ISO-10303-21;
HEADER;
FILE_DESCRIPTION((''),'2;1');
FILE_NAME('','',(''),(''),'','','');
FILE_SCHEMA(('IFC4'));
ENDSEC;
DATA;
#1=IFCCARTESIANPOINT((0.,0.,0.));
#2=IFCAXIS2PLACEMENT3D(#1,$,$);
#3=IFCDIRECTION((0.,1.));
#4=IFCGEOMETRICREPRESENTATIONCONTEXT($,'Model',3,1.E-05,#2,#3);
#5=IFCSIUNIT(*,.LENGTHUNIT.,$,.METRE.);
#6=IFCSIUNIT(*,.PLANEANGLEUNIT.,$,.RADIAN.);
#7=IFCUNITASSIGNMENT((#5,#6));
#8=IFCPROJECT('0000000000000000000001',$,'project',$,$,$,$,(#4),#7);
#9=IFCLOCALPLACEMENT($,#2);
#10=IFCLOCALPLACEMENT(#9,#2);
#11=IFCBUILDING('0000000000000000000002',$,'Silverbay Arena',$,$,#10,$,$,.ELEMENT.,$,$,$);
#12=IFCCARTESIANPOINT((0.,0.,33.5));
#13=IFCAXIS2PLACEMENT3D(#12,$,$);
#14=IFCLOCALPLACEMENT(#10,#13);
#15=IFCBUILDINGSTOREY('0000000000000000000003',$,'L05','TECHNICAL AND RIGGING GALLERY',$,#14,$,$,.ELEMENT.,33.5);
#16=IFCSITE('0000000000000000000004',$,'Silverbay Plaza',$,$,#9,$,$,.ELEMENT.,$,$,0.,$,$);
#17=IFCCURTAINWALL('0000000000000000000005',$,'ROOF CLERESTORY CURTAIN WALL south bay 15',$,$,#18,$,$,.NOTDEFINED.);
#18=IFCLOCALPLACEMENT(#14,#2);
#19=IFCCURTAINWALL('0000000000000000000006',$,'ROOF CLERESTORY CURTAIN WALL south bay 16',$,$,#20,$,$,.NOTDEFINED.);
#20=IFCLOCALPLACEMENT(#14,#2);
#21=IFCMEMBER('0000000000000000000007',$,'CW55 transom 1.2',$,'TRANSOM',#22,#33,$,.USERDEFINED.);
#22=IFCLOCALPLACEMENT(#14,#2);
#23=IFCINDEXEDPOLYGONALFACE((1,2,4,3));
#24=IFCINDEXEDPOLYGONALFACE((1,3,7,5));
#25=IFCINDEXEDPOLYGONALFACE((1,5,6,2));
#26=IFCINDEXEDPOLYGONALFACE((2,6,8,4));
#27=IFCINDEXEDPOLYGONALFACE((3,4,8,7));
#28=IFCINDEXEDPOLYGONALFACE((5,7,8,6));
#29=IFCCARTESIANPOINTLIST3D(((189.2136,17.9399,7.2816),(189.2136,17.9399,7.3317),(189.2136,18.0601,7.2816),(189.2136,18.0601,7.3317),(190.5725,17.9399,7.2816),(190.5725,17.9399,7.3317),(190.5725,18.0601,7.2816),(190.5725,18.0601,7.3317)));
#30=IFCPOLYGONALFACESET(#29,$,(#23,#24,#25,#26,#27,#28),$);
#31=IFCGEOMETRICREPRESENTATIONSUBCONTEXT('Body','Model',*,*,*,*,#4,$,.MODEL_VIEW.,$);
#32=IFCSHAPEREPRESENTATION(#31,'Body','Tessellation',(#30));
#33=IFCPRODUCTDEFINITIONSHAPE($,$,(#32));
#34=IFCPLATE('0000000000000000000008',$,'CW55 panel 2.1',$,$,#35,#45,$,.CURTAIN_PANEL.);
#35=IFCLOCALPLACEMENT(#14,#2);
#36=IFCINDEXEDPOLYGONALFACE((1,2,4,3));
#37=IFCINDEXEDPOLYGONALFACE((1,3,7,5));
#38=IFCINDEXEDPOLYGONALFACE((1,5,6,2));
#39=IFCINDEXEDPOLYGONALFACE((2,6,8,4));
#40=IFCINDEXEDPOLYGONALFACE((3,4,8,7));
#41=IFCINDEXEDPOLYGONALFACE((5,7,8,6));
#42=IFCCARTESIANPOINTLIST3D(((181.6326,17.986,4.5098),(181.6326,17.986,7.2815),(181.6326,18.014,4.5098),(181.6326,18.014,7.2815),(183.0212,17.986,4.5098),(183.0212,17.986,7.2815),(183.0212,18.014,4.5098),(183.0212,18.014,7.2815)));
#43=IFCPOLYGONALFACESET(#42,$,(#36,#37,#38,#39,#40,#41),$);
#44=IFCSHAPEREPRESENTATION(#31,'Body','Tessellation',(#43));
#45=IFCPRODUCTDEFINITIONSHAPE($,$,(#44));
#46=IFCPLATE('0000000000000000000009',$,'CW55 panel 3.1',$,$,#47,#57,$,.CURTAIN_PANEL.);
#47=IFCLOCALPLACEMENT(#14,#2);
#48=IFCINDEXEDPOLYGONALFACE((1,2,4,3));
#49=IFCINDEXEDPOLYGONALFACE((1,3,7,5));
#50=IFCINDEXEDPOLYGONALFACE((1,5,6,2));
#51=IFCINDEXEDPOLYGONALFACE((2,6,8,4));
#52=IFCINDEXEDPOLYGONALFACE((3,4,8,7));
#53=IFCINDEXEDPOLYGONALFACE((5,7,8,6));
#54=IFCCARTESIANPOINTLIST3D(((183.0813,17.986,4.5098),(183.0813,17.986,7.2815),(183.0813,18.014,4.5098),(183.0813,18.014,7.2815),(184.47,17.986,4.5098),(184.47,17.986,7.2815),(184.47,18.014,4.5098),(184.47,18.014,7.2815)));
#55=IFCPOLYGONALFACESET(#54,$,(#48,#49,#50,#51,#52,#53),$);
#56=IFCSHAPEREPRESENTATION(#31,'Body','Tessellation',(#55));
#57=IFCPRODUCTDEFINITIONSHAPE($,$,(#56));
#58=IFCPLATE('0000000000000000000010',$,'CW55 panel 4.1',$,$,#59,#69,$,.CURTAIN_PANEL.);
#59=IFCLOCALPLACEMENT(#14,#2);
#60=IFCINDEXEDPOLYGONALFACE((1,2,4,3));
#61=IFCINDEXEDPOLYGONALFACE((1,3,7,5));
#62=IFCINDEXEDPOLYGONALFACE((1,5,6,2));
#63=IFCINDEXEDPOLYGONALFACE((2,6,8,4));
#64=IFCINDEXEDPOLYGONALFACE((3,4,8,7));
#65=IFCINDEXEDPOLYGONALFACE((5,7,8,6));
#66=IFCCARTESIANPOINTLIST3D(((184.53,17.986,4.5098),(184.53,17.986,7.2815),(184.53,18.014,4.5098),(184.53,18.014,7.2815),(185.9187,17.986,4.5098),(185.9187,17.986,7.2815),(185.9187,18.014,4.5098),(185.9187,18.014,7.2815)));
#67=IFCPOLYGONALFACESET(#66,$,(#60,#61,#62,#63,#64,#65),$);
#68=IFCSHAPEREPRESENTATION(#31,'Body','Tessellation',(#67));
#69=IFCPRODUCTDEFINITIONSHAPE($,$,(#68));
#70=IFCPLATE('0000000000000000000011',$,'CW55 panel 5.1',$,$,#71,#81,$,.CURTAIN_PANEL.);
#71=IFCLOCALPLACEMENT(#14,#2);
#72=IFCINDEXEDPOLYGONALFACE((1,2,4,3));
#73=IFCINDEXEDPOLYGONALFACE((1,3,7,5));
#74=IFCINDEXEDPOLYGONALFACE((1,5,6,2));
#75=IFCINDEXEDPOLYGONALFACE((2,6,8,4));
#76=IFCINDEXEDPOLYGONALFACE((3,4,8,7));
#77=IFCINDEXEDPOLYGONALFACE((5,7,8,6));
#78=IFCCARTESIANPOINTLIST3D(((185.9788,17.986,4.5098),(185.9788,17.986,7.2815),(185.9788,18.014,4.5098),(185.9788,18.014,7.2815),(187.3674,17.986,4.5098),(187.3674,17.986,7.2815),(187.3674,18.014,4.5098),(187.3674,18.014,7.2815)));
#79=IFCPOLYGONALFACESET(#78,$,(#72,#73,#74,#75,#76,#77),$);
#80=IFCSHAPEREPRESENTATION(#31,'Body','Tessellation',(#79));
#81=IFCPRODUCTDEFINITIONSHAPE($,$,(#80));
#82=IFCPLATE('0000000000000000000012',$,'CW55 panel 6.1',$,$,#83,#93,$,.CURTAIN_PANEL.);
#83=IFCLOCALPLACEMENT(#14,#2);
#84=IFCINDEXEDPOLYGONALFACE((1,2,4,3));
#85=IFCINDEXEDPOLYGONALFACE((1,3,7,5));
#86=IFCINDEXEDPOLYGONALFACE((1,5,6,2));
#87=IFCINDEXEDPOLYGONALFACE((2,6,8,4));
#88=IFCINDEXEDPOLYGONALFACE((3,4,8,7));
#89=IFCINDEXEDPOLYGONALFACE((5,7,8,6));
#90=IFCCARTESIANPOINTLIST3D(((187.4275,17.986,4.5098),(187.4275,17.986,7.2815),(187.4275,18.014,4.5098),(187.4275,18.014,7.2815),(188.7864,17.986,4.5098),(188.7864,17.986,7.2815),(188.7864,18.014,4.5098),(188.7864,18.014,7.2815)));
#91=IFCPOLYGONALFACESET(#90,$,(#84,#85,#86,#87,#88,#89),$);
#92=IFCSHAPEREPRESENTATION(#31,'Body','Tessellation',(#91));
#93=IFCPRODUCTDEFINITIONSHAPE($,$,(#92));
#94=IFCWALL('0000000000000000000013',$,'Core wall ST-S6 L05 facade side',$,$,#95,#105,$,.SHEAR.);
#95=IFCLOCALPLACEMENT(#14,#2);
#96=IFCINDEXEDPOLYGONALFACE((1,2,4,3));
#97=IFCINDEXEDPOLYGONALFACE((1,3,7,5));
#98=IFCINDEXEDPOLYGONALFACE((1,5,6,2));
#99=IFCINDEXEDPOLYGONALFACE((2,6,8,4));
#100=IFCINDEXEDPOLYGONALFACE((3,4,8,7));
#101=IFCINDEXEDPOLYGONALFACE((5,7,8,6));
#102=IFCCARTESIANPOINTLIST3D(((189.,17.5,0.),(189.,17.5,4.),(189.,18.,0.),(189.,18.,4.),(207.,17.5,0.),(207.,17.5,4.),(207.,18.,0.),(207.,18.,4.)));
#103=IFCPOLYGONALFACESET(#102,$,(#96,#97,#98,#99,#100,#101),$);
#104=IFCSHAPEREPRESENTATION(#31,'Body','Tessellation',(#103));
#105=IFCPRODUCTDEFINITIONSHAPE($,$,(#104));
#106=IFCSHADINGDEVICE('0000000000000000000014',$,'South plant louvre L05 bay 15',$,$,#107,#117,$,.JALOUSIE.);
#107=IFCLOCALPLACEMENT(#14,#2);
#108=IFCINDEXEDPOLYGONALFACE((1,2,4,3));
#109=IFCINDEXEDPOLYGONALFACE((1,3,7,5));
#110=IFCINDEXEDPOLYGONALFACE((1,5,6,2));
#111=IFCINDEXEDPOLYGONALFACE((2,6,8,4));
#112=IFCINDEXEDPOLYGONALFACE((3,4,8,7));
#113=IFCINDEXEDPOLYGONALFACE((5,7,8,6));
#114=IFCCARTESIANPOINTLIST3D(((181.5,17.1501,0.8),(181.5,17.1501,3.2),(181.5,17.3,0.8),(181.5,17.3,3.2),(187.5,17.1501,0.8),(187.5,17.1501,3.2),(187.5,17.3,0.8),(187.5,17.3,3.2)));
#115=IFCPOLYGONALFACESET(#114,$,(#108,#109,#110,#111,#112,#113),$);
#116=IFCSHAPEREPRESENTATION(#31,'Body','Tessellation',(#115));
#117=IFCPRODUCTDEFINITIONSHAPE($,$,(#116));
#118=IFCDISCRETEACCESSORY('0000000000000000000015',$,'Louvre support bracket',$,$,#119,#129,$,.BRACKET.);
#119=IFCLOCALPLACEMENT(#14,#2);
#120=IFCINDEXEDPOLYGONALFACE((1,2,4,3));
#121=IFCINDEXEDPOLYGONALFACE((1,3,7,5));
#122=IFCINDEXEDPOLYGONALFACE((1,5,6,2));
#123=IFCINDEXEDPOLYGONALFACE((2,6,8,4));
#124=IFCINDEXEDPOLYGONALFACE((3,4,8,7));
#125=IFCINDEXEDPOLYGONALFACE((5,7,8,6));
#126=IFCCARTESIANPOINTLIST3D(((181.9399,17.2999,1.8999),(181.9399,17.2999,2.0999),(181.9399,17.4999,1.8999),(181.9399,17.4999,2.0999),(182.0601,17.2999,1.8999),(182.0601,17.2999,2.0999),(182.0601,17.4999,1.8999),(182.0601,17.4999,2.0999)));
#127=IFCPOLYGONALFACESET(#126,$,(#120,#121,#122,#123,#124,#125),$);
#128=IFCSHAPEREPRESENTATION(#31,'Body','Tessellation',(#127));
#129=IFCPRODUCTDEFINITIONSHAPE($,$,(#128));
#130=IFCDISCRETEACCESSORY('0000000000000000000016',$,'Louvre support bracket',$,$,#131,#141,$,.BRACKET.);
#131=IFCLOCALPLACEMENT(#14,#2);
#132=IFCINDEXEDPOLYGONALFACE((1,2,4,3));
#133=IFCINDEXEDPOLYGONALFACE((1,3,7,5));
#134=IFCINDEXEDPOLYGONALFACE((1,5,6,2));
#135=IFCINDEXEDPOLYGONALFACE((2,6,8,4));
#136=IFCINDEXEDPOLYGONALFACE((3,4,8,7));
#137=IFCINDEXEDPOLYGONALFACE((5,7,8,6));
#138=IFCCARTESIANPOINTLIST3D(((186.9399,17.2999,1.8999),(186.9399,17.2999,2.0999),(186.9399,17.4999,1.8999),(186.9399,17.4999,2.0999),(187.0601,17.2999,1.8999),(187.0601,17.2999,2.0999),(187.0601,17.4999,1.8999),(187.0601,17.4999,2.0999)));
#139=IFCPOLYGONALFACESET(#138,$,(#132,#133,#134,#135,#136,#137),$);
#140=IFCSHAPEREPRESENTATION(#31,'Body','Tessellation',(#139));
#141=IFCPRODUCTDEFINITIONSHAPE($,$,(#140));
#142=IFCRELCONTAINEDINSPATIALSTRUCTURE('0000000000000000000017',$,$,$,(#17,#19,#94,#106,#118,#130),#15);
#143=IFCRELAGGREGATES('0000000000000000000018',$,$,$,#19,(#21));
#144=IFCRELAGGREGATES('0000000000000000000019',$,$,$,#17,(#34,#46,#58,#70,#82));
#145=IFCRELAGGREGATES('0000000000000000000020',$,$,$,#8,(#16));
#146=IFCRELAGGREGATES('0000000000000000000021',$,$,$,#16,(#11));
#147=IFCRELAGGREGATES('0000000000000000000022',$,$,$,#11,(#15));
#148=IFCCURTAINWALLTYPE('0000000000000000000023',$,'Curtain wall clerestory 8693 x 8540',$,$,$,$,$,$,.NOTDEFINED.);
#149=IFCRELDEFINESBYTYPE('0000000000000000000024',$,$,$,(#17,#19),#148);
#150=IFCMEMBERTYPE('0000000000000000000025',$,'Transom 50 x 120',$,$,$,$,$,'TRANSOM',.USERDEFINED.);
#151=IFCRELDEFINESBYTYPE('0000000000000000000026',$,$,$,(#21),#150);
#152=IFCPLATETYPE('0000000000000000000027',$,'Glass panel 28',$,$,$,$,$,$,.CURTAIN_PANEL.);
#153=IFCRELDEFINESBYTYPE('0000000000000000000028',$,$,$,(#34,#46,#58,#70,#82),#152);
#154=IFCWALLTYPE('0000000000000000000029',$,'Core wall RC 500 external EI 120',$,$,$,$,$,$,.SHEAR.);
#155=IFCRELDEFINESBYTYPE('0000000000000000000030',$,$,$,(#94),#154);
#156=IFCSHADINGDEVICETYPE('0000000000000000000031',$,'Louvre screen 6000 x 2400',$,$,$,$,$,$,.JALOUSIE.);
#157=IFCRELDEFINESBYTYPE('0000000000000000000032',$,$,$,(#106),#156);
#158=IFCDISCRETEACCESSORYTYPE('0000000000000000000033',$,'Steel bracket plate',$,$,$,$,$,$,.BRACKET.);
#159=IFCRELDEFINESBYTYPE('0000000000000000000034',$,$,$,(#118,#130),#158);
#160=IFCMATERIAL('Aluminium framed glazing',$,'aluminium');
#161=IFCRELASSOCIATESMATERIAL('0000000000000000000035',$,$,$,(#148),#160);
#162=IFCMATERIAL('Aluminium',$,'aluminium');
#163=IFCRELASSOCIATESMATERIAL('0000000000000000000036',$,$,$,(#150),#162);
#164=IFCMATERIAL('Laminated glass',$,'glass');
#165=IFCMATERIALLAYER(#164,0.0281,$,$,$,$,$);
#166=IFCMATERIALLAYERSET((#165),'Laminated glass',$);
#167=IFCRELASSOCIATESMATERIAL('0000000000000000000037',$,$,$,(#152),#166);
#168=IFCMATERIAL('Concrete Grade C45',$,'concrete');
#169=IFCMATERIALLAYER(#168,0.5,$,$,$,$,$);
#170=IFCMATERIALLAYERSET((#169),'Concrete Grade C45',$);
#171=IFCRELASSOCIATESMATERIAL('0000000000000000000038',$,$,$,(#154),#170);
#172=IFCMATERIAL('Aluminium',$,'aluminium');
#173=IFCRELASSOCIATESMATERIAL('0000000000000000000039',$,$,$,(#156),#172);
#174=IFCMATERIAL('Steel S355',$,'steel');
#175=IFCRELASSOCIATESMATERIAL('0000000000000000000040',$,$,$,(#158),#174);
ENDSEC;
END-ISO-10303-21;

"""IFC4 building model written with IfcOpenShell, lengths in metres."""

from ifc_helpers import new_model, si_unit, direction, frame, frame_2d, origin, origin_2d, place, context, subcontext, project, spatial, rectangle, extrude, material, layer, layer_set, material_profile, profile_set, type_object, element, aggregate, save


model = new_model("IFC4")

# Units and contexts
model_context = context("Model", 3, precision=1e-05, world=origin(), true_north=direction((0.0, 1.0)))
body_context = subcontext(model_context, "Body", "Model", "MODEL_VIEW")
ifc_project = project(units=[si_unit("LENGTHUNIT", "METRE"), si_unit("PLANEANGLEUNIT", "RADIAN")], contexts=[model_context])

# Site, building, storey
site_placement = place(None, origin())
site = spatial("IfcSite", under=ifc_project, at=site_placement, Name="Silverbay Plaza", CompositionType="ELEMENT", RefElevation=0.0)
building_placement = place(site_placement, origin())
building = spatial("IfcBuilding", under=site, at=building_placement, Name="Silverbay Arena", CompositionType="ELEMENT")
storey_placement = place(building_placement, frame((0.0, 0.0, 33.5)))
storey = spatial("IfcBuildingStorey", under=building, at=storey_placement, Name="L05", Description="TECHNICAL AND RIGGING GALLERY", CompositionType="ELEMENT", Elevation=33.5)

# Curtain wall
ifc_material_1 = material(Name="Aluminium framed glazing", Category="aluminium")
curtain_wall_type = type_object("IfcCurtainWallType", Name="Curtain wall clerestory 8693 x 8540", PredefinedType="NOTDEFINED", material=ifc_material_1)
curtain_wall_1_placement = place(storey_placement, origin())
curtain_wall_1 = element("IfcCurtainWall", 1, at=curtain_wall_1_placement, inside=storey, type_object=curtain_wall_type, Name="ROOF CLERESTORY CURTAIN WALL south bay 15", PredefinedType="NOTDEFINED")

# Curtain wall
curtain_wall_2_placement = place(storey_placement, origin())
curtain_wall_2 = element("IfcCurtainWall", 2, at=curtain_wall_2_placement, inside=storey, type_object=curtain_wall_type, Name="ROOF CLERESTORY CURTAIN WALL south bay 16", PredefinedType="NOTDEFINED")

# Member
ifc_material_2 = material(Name="Aluminium", Category="aluminium")
ifc_material_profile_1 = material_profile(ifc_material_2, rectangle(XDim=0.1201, YDim=0.05, at=origin_2d()), Name="Transom 50 x 120")
ifc_profile_set_1 = profile_set([ifc_material_profile_1], Name="Aluminium")
member_type_1 = type_object("IfcMemberType", Name="Transom 50 x 120", ElementType="TRANSOM", PredefinedType="USERDEFINED", material=ifc_profile_set_1)
member_1_placement = place(storey_placement, frame((189.2136, 18.0, 7.3066), z_axis=(1.0, 0.0, 0.0), x_axis=(0.0, 1.0, 0.0)))
member_1 = element("IfcMember", 3, at=member_1_placement, type_object=member_type_1, Name="CW55 transom 1.2", ObjectType="TRANSOM", PredefinedType="USERDEFINED", context=body_context, shape_type="SweptSolid", body=[
    extrude(rectangle(XDim=0.1201, YDim=0.05, at=origin_2d()), origin(), (0.0, 0.0, 1.0), 1.3589),
])
aggregate(curtain_wall_2, [member_1])

# Plates
ifc_material_3 = material(Name="Laminated glass", Category="glass")
ifc_layer_1 = layer(ifc_material_3, 0.0281)
ifc_layer_set_1 = layer_set([ifc_layer_1], Name="Laminated glass")
plate_type = type_object("IfcPlateType", Name="Glass panel 28", PredefinedType="CURTAIN_PANEL", material=ifc_layer_set_1)
plate_1_placement = place(storey_placement, frame((182.3269, 18.0, 4.5098), z_axis=(0.0, 0.0, 1.0), x_axis=(1.0, 0.0, 0.0)))
plate_1 = element("IfcPlate", 4, at=plate_1_placement, type_object=plate_type, Name="CW55 panel 2.1", PredefinedType="CURTAIN_PANEL", context=body_context, shape_type="SweptSolid", body=[
    extrude(rectangle(XDim=1.3887, YDim=0.0281, at=origin_2d()), origin(), (0.0, 0.0, 1.0), 2.7717),
])
plate_2_placement = place(storey_placement, frame((183.7756, 18.0, 4.5098), z_axis=(0.0, 0.0, 1.0), x_axis=(1.0, 0.0, 0.0)))
plate_2 = element("IfcPlate", 5, at=plate_2_placement, type_object=plate_type, Name="CW55 panel 3.1", PredefinedType="CURTAIN_PANEL", context=body_context, shape_type="SweptSolid", body=[
    extrude(rectangle(XDim=1.3887, YDim=0.0281, at=origin_2d()), origin(), (0.0, 0.0, 1.0), 2.7717),
])
plate_3_placement = place(storey_placement, frame((185.2244, 18.0, 4.5098), z_axis=(0.0, 0.0, 1.0), x_axis=(1.0, 0.0, 0.0)))
plate_3 = element("IfcPlate", 6, at=plate_3_placement, type_object=plate_type, Name="CW55 panel 4.1", PredefinedType="CURTAIN_PANEL", context=body_context, shape_type="SweptSolid", body=[
    extrude(rectangle(XDim=1.3887, YDim=0.0281, at=origin_2d()), origin(), (0.0, 0.0, 1.0), 2.7717),
])
plate_4_placement = place(storey_placement, frame((186.6731, 18.0, 4.5098), z_axis=(0.0, 0.0, 1.0), x_axis=(1.0, 0.0, 0.0)))
plate_4 = element("IfcPlate", 7, at=plate_4_placement, type_object=plate_type, Name="CW55 panel 5.1", PredefinedType="CURTAIN_PANEL", context=body_context, shape_type="SweptSolid", body=[
    extrude(rectangle(XDim=1.3887, YDim=0.0281, at=origin_2d()), origin(), (0.0, 0.0, 1.0), 2.7717),
])
plate_5_placement = place(storey_placement, frame((188.1069, 18.0, 4.5098), z_axis=(0.0, 0.0, 1.0), x_axis=(1.0, 0.0, 0.0)))
plate_5 = element("IfcPlate", 8, at=plate_5_placement, type_object=plate_type, Name="CW55 panel 6.1", PredefinedType="CURTAIN_PANEL", context=body_context, shape_type="SweptSolid", body=[
    extrude(rectangle(XDim=1.3589, YDim=0.0281, at=origin_2d()), origin(), (0.0, 0.0, 1.0), 2.7717),
])
aggregate(curtain_wall_1, [plate_1, plate_2, plate_3, plate_4, plate_5])

# Wall
ifc_material_4 = material(Name="Concrete Grade C45", Category="concrete")
ifc_layer_2 = layer(ifc_material_4, 0.5)
ifc_layer_set_2 = layer_set([ifc_layer_2], Name="Concrete Grade C45")
wall_type = type_object("IfcWallType", Name="Core wall RC 500 external EI 120", PredefinedType="SHEAR", material=ifc_layer_set_2)
wall_placement = place(storey_placement, frame((189.0, 17.75, 0.0), z_axis=(0.0, 0.0, 1.0), x_axis=(1.0, 0.0, 0.0)))
element("IfcWall", 9, at=wall_placement, inside=storey, type_object=wall_type, Name="Core wall ST-S6 L05 facade side", PredefinedType="SHEAR", context=body_context, shape_type="SweptSolid", body=[
    extrude(rectangle(XDim=18.0, YDim=0.5, at=frame_2d((9.0, 0.0))), origin(), (0.0, 0.0, 1.0), 4.0),
])

# Shading device
ifc_material_5 = material(Name="Aluminium", Category="aluminium")
shading_device_type = type_object("IfcShadingDeviceType", Name="Louvre screen 6000 x 2400", PredefinedType="JALOUSIE", material=ifc_material_5)
shading_device_placement = place(storey_placement, frame((184.5, 17.2251, 0.8), z_axis=(0.0, 0.0, 1.0), x_axis=(1.0, 0.0, 0.0)))
element("IfcShadingDevice", 10, at=shading_device_placement, inside=storey, type_object=shading_device_type, Name="South plant louvre L05 bay 15", PredefinedType="JALOUSIE", context=body_context, shape_type="SweptSolid", body=[
    extrude(rectangle(XDim=6.0, YDim=0.1499, at=origin_2d()), origin(), (0.0, 0.0, 1.0), 2.3999),
])

# Discrete accessories
ifc_material_6 = material(Name="Steel S355", Category="steel")
discrete_accessory_type = type_object("IfcDiscreteAccessoryType", Name="Steel bracket plate", PredefinedType="BRACKET", material=ifc_material_6)
for number, where, z_axis, x_axis, name in (
    (11, (182.0, 17.3999, 1.8999), (0.0, 0.0, 1.0), (1.0, 0.0, 0.0), "Louvre support bracket"),
    (12, (187.0, 17.3999, 1.8999), (0.0, 0.0, 1.0), (1.0, 0.0, 0.0), "Louvre support bracket"),
):
    element("IfcDiscreteAccessory", number, at=place(storey_placement, frame(where, z_axis=z_axis, x_axis=x_axis)), inside=storey, type_object=discrete_accessory_type, Name=name, PredefinedType="BRACKET", context=body_context, shape_type="SweptSolid", body=[
        extrude(rectangle(XDim=0.1201, YDim=0.2, at=origin_2d()), origin(), (0.0, 0.0, 1.0), 0.2),
    ])

save(model, "model.ifc")
